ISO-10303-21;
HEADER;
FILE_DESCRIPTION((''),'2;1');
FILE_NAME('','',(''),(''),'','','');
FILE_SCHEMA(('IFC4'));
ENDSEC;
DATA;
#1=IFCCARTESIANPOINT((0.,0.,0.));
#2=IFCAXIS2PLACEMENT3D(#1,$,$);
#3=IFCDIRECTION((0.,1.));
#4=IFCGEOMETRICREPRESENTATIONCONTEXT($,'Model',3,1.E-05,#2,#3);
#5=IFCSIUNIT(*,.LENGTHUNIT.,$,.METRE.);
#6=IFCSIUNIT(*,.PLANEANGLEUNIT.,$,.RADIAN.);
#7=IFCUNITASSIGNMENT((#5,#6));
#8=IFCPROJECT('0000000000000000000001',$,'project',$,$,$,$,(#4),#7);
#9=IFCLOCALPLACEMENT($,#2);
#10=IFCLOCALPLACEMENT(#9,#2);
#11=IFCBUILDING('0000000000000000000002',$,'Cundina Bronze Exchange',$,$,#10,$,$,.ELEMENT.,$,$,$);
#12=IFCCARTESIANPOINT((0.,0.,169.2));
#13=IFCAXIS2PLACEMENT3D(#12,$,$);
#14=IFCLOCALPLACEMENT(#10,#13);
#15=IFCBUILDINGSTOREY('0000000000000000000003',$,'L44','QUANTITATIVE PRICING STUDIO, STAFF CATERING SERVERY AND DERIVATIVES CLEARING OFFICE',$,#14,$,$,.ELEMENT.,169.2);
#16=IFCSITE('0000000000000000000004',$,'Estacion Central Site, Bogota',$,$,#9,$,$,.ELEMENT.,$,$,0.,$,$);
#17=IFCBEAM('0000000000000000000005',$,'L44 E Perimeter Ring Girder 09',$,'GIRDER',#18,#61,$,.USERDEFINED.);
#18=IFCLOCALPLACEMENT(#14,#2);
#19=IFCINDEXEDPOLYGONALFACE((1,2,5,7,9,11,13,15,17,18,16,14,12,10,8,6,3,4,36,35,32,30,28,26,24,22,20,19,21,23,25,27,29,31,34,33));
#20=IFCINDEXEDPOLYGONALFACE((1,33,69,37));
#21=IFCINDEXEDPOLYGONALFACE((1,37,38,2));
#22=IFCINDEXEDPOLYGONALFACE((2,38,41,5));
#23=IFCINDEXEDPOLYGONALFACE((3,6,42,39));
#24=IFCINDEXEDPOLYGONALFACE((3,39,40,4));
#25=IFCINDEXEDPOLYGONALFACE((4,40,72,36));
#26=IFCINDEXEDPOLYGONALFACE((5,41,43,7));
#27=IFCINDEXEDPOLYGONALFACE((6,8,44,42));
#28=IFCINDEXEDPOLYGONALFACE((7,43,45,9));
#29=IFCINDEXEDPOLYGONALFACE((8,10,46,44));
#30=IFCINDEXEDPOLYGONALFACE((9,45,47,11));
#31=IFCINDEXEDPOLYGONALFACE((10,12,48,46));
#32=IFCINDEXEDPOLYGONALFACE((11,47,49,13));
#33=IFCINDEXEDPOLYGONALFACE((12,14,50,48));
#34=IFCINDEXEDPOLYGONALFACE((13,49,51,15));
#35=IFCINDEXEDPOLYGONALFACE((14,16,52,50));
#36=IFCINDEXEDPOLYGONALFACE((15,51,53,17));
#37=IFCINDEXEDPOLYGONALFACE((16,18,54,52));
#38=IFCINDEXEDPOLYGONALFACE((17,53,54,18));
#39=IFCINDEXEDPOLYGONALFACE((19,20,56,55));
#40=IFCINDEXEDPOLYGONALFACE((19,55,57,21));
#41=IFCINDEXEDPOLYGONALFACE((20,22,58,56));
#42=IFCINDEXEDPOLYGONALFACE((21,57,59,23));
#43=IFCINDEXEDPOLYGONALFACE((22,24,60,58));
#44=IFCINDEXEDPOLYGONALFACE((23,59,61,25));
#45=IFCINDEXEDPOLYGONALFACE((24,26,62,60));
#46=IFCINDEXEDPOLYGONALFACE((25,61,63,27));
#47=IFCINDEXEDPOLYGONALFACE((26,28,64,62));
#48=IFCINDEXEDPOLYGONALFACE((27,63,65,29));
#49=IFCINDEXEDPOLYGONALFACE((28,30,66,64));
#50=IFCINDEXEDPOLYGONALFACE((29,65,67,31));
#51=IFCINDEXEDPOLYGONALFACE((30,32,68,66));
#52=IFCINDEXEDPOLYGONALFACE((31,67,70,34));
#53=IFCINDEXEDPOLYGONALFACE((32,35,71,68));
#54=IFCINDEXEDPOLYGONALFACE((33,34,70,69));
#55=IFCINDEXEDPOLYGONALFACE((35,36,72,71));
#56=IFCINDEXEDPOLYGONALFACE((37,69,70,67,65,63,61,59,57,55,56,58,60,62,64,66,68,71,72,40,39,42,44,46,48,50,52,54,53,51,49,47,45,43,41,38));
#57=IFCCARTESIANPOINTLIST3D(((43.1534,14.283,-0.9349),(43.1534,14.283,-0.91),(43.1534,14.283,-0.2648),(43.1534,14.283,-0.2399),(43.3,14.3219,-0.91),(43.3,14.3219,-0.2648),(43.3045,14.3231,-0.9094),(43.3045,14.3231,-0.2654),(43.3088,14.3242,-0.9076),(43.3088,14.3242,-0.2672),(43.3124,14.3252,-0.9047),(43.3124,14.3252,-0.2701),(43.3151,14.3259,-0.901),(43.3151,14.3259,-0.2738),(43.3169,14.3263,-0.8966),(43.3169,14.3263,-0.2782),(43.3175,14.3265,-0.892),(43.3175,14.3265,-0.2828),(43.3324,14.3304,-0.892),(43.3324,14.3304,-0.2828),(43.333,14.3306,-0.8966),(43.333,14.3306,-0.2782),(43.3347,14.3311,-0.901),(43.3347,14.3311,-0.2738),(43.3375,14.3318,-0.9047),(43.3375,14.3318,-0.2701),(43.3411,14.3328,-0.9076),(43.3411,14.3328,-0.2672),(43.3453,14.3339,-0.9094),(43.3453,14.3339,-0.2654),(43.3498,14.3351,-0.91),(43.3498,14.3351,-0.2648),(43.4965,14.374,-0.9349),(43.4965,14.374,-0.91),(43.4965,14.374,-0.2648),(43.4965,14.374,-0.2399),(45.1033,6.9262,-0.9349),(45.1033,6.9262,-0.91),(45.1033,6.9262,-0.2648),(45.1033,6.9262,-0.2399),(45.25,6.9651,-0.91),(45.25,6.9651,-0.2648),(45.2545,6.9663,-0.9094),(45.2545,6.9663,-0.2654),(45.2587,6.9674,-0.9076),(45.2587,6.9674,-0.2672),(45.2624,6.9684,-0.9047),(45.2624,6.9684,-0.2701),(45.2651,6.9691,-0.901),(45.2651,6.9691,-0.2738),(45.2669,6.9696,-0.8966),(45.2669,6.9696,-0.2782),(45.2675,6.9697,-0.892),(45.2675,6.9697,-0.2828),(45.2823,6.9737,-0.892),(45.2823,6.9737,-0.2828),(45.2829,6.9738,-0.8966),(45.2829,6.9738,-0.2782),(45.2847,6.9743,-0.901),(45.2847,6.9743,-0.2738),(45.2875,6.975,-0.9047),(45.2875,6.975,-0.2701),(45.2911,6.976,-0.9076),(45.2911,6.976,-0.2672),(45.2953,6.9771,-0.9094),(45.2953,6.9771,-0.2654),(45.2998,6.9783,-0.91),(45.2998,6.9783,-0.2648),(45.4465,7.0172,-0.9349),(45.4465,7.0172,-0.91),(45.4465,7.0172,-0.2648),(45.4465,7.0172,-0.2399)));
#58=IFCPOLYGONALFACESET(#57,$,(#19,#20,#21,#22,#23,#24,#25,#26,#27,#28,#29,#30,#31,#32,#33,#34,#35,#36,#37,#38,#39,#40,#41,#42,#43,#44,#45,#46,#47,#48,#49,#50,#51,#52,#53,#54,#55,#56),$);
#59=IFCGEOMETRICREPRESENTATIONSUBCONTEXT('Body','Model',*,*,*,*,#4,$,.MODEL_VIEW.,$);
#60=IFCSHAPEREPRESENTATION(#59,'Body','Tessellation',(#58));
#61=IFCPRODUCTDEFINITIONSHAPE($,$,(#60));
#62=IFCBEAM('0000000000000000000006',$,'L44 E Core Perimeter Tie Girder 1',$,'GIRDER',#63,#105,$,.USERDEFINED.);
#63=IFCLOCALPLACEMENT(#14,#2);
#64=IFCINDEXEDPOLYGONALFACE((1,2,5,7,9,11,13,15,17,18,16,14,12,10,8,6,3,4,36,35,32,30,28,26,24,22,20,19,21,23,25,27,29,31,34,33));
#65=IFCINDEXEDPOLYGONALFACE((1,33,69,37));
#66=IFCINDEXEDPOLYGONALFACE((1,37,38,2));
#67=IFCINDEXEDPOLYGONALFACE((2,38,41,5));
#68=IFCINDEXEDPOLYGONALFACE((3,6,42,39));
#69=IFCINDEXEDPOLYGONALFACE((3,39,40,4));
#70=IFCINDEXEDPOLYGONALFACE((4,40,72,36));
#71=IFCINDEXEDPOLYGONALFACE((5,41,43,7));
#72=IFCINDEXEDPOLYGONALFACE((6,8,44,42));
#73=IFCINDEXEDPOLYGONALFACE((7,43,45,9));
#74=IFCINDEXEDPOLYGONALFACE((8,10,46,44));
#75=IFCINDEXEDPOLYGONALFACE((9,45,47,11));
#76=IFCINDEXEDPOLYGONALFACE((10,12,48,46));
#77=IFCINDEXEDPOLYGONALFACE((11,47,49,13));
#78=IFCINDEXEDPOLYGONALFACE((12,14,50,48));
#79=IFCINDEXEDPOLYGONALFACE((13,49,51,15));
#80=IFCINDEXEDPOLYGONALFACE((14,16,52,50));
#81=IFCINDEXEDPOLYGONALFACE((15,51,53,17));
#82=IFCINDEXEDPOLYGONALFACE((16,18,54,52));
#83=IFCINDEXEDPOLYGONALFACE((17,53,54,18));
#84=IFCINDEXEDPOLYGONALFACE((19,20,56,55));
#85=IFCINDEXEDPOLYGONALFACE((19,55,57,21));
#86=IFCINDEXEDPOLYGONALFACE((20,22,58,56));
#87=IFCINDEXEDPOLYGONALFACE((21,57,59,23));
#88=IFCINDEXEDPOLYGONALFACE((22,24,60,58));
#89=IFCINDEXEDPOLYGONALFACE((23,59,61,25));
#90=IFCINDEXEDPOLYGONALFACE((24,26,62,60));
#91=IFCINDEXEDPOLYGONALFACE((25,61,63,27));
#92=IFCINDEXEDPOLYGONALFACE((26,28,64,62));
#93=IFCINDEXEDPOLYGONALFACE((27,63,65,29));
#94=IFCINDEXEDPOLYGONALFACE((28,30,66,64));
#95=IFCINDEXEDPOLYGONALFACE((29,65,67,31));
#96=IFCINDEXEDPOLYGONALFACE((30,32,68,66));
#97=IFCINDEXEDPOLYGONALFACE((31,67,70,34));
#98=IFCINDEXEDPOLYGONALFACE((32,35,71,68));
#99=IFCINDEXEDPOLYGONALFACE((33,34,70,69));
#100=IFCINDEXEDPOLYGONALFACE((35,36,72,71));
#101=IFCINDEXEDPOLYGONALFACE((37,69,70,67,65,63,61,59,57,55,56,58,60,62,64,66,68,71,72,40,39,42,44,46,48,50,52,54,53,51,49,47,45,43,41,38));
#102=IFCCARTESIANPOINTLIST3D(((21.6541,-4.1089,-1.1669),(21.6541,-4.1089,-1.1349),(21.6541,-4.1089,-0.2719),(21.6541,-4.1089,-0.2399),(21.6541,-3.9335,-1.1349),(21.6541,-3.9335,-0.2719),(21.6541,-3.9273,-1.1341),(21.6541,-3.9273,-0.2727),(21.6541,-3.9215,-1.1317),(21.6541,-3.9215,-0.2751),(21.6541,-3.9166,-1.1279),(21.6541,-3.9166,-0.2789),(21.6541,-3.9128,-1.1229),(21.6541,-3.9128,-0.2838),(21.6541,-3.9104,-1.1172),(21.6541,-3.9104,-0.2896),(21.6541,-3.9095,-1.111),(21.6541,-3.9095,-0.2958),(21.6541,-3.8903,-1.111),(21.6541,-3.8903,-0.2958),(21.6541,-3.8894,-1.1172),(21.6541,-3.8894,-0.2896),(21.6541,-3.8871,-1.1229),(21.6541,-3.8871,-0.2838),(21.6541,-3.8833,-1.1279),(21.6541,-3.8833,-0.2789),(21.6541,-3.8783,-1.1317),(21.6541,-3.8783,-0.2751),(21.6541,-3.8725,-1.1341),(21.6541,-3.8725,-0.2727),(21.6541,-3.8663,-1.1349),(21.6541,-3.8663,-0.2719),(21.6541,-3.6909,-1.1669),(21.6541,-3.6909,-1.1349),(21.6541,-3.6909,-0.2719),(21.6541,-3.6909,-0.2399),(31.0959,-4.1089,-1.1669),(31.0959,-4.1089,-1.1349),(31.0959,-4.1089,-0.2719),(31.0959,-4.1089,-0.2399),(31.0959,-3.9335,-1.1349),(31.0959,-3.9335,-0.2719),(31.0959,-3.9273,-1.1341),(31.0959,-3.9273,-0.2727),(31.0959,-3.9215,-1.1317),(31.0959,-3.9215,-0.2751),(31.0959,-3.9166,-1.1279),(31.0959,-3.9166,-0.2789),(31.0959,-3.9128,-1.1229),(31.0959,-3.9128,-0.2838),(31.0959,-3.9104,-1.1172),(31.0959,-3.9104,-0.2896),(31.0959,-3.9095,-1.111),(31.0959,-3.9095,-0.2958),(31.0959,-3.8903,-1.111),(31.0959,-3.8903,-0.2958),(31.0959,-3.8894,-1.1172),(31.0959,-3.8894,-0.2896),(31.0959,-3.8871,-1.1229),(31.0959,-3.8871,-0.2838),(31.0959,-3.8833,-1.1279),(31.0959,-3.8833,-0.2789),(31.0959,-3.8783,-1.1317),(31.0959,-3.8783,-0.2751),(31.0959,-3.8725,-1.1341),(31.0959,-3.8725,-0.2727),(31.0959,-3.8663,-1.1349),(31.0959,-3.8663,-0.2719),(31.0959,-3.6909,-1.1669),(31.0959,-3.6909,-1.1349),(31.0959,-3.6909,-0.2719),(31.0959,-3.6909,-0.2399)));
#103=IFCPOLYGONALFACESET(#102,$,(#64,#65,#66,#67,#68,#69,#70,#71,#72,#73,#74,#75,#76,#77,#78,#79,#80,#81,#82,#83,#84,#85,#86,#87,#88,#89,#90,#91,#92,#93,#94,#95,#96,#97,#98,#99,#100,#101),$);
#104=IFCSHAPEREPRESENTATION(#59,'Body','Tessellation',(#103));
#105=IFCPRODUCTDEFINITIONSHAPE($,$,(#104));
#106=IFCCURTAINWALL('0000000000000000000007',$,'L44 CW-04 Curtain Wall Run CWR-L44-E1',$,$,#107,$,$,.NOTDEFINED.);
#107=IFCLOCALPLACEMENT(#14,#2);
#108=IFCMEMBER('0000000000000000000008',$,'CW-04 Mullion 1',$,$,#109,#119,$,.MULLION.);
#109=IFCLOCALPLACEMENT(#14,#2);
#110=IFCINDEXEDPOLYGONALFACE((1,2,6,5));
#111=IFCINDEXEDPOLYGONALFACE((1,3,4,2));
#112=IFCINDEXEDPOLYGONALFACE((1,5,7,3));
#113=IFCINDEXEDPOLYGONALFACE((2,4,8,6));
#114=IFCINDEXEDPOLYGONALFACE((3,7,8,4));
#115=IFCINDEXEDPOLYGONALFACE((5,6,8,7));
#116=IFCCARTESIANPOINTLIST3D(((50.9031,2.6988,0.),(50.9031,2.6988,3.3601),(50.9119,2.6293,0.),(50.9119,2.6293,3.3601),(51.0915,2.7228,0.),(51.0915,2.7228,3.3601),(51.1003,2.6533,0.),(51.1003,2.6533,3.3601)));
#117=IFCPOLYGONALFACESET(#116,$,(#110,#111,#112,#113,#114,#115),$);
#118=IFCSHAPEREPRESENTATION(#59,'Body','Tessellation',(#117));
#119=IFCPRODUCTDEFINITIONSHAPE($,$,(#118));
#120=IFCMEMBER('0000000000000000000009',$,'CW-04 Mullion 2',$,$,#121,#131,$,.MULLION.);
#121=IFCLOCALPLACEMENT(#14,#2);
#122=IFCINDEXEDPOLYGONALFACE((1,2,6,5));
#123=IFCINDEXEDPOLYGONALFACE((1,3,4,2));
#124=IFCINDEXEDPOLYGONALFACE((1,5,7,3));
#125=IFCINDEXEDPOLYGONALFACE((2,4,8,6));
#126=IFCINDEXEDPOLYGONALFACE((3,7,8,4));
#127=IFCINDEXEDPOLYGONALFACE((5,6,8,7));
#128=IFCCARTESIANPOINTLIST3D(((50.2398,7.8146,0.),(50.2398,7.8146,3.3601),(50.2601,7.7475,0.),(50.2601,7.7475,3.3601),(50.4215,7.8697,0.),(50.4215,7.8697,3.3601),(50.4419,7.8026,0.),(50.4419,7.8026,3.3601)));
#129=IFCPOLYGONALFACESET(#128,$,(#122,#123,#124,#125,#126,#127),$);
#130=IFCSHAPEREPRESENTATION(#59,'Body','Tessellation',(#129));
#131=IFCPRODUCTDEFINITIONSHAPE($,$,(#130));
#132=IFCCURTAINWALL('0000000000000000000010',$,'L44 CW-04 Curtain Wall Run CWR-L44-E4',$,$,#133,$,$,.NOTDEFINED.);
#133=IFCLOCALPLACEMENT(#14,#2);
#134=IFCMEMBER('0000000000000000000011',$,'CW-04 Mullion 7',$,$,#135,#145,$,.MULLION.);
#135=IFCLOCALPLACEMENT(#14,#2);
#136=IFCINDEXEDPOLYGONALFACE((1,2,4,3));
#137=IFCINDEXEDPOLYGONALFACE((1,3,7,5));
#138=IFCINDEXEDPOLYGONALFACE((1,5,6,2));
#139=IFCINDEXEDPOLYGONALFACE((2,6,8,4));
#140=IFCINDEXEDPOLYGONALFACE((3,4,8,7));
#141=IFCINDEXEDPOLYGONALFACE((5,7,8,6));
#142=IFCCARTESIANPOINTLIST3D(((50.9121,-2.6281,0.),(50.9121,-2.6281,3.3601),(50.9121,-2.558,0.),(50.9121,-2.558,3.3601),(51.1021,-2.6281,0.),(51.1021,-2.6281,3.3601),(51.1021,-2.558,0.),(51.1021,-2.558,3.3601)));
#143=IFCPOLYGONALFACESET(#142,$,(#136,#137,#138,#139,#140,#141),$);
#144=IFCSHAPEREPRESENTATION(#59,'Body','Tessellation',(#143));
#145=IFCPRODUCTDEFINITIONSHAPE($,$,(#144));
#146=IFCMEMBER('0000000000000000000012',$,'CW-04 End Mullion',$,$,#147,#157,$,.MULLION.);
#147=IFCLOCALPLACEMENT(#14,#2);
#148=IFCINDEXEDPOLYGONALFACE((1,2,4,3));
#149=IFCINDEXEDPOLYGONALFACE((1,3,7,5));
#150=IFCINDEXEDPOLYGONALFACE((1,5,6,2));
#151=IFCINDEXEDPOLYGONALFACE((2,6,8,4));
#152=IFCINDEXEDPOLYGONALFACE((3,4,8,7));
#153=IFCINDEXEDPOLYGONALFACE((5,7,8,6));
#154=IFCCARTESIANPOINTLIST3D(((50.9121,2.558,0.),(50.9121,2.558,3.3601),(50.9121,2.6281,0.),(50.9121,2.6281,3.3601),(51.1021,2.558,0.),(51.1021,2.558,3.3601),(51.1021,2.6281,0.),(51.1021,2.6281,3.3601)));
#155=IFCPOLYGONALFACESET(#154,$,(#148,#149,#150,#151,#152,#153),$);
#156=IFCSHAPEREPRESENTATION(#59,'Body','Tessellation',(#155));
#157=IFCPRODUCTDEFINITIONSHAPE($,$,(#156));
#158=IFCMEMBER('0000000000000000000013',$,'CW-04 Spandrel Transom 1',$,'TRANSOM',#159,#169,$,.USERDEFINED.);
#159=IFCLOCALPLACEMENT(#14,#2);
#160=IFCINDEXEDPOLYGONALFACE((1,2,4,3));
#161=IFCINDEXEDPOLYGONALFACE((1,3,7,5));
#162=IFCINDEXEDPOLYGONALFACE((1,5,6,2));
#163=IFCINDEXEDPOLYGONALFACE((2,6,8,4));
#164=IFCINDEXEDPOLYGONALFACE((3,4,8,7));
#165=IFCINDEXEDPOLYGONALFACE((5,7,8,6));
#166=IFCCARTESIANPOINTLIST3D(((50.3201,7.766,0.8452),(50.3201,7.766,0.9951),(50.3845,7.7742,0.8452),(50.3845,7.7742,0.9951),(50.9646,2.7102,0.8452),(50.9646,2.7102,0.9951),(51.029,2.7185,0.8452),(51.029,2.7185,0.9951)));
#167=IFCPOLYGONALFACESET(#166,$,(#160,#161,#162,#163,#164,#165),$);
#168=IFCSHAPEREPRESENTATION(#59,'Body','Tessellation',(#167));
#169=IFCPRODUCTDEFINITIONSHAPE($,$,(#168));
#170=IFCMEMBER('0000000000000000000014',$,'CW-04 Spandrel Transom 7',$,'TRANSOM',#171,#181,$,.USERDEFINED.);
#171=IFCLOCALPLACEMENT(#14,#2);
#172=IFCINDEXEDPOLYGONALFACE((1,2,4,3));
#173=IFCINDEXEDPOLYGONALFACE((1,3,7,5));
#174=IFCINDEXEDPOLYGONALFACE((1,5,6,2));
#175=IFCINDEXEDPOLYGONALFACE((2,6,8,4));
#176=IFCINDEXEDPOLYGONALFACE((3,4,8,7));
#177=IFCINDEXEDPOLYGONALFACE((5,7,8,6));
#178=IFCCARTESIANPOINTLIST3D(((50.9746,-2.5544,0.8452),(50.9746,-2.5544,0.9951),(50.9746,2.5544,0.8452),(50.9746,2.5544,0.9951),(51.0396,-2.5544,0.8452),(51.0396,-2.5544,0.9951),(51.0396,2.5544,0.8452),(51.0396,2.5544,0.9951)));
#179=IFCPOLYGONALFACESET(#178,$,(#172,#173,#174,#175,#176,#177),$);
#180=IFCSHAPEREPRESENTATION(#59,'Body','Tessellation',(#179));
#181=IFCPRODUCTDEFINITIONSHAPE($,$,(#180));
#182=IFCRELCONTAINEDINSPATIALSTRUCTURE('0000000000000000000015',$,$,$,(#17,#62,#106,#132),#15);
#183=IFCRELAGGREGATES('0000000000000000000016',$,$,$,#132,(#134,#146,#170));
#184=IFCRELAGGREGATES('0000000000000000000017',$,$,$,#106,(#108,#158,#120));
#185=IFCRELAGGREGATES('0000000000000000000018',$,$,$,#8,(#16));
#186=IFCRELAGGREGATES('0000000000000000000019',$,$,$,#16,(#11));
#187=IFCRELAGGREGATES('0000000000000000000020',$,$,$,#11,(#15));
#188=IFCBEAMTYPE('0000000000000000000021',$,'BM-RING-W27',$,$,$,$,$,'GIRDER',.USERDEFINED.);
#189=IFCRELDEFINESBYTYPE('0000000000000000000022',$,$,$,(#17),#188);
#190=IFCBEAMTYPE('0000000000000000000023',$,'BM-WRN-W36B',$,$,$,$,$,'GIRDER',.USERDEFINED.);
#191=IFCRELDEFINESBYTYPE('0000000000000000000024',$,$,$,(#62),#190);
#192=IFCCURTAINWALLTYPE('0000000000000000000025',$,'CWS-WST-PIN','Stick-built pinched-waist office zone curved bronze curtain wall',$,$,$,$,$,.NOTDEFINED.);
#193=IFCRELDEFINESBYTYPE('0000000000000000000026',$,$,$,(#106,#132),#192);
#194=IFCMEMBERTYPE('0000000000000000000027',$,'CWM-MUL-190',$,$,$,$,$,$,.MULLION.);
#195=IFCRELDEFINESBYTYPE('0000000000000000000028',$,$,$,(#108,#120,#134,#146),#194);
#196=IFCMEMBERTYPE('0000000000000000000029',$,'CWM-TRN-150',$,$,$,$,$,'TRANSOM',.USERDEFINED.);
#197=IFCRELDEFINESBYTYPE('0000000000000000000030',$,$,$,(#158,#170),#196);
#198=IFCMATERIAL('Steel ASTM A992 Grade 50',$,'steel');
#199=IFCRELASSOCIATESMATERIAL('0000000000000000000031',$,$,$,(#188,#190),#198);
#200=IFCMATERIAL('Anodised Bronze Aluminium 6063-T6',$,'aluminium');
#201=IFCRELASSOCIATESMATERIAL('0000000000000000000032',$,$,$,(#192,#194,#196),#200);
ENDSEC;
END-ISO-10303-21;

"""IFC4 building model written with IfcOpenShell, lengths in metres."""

from ifc_helpers import new_model, si_unit, direction, frame, origin, origin_2d, place, context, subcontext, project, spatial, rectangle, i_section, extrude, material, material_profile, profile_set, type_object, element, aggregate, save


model = new_model("IFC4")

# Units and contexts
model_context = context("Model", 3, precision=1e-05, world=origin(), true_north=direction((0.0, 1.0)))
body_context = subcontext(model_context, "Body", "Model", "MODEL_VIEW")
ifc_project = project(units=[si_unit("LENGTHUNIT", "METRE"), si_unit("PLANEANGLEUNIT", "RADIAN")], contexts=[model_context])

# Site, building, storey
site_placement = place(None, origin())
site = spatial("IfcSite", under=ifc_project, at=site_placement, Name="Estacion Central Site, Bogota", CompositionType="ELEMENT", RefElevation=0.0)
building_placement = place(site_placement, origin())
building = spatial("IfcBuilding", under=site, at=building_placement, Name="Cundina Bronze Exchange", CompositionType="ELEMENT")
storey_placement = place(building_placement, frame((0.0, 0.0, 169.2)))
storey = spatial("IfcBuildingStorey", under=building, at=storey_placement, Name="L44", Description="QUANTITATIVE PRICING STUDIO, STAFF CATERING SERVERY AND DERIVATIVES CLEARING OFFICE", CompositionType="ELEMENT", Elevation=169.2)

# Shared definitions
ifc_material_1 = material(Name="Steel ASTM A992 Grade 50", Category="steel")

# Beams
ifc_material_profile_1 = material_profile(ifc_material_1, i_section(OverallWidth=0.355, OverallDepth=0.6951, WebThickness=0.0154, FlangeThickness=0.0249, FilletRadius=0.0181, at=origin_2d()), Name="W27X146", Category="steel")
ifc_profile_set_1 = profile_set([ifc_material_profile_1], Name="Steel ASTM A992 Grade 50")
beam_type_1 = type_object("IfcBeamType", Name="BM-RING-W27", ElementType="GIRDER", PredefinedType="USERDEFINED", material=ifc_profile_set_1)
for number, where, z_axis, x_axis, name in (
    (1, (45.2749, 6.9717, -0.5874), (-0.256211, 0.966621, 0.0), (-0.966621, -0.256211, 0.0), "L44 E Perimeter Ring Girder 09"),
):
    element("IfcBeam", number, at=place(storey_placement, frame(where, z_axis=z_axis, x_axis=x_axis)), inside=storey, type_object=beam_type_1, Name=name, ObjectType="GIRDER", PredefinedType="USERDEFINED", context=body_context, shape_type="SweptSolid", body=[
        extrude(i_section(OverallWidth=0.355, OverallDepth=0.6951, WebThickness=0.0154, FlangeThickness=0.0249, FilletRadius=0.0181, at=origin_2d()), origin(), (0.0, 0.0, 1.0), 7.6108),
    ])
ifc_material_profile_2 = material_profile(ifc_material_1, i_section(OverallWidth=0.418, OverallDepth=0.927, WebThickness=0.0193, FlangeThickness=0.032, FilletRadius=0.0239, at=origin_2d()), Name="W36X231", Category="steel")
ifc_profile_set_2 = profile_set([ifc_material_profile_2], Name="Steel ASTM A992 Grade 50")
beam_type_2 = type_object("IfcBeamType", Name="BM-WRN-W36B", ElementType="GIRDER", PredefinedType="USERDEFINED", material=ifc_profile_set_2)
beam_1_placement = place(storey_placement, frame((31.0959, -3.8999, -0.7034), z_axis=(-1.0, 0.0, 0.0), x_axis=(0.0, -1.0, 0.0)))
element("IfcBeam", 2, at=beam_1_placement, inside=storey, type_object=beam_type_2, Name="L44 E Core Perimeter Tie Girder 1", ObjectType="GIRDER", PredefinedType="USERDEFINED", context=body_context, shape_type="SweptSolid", body=[
    extrude(i_section(OverallWidth=0.418, OverallDepth=0.927, WebThickness=0.0193, FlangeThickness=0.032, FilletRadius=0.0239, at=origin_2d()), origin(), (0.0, 0.0, 1.0), 9.4419),
])

# Curtain walls, members
ifc_material_2 = material(Name="Anodised Bronze Aluminium 6063-T6", Category="aluminium")
curtain_wall_type = type_object("IfcCurtainWallType", Name="CWS-WST-PIN", Description="Stick-built pinched-waist office zone curved bronze curtain wall", PredefinedType="NOTDEFINED", material=ifc_material_2)
curtain_wall_1_placement = place(storey_placement, origin())
curtain_wall_1 = element("IfcCurtainWall", 3, at=curtain_wall_1_placement, inside=storey, type_object=curtain_wall_type, Name="L44 CW-04 Curtain Wall Run CWR-L44-E1", PredefinedType="NOTDEFINED")
ifc_material_profile_3 = material_profile(ifc_material_2, rectangle(XDim=0.0701, YDim=0.1899, at=origin_2d()), Name="AL70X190", Category="aluminium")
ifc_profile_set_3 = profile_set([ifc_material_profile_3], Name="Anodised Bronze Aluminium 6063-T6")
member_type_1 = type_object("IfcMemberType", Name="CWM-MUL-190", PredefinedType="MULLION", material=ifc_profile_set_3)
member_1_placement = place(storey_placement, frame((51.0017, 2.676, 0.0), z_axis=(0.0, 0.0, 1.0), x_axis=(-0.126545, 0.991961, 0.0)))
member_1 = element("IfcMember", 4, at=member_1_placement, type_object=member_type_1, Name="CW-04 Mullion 1", PredefinedType="MULLION", context=body_context, shape_type="SweptSolid", body=[
    extrude(rectangle(XDim=0.0701, YDim=0.1899, at=origin_2d()), origin(), (0.0, 0.0, 1.0), 3.3601),
])
member_2_placement = place(storey_placement, frame((50.3408, 7.8086, 0.0), z_axis=(0.0, 0.0, 1.0), x_axis=(-0.290034, 0.957016, 0.0)))
member_2 = element("IfcMember", 5, at=member_2_placement, type_object=member_type_1, Name="CW-04 Mullion 2", PredefinedType="MULLION", context=body_context, shape_type="SweptSolid", body=[
    extrude(rectangle(XDim=0.0701, YDim=0.1899, at=origin_2d()), origin(), (0.0, 0.0, 1.0), 3.3601),
])
curtain_wall_2_placement = place(storey_placement, origin())
curtain_wall_2 = element("IfcCurtainWall", 6, at=curtain_wall_2_placement, inside=storey, type_object=curtain_wall_type, Name="L44 CW-04 Curtain Wall Run CWR-L44-E4", PredefinedType="NOTDEFINED")
member_3_placement = place(storey_placement, frame((51.0071, -2.593, 0.0), z_axis=(0.0, 0.0, 1.0), x_axis=(0.0, 1.0, 0.0)))
member_3 = element("IfcMember", 7, at=member_3_placement, type_object=member_type_1, Name="CW-04 Mullion 7", PredefinedType="MULLION", context=body_context, shape_type="SweptSolid", body=[
    extrude(rectangle(XDim=0.0701, YDim=0.1899, at=origin_2d()), origin(), (0.0, 0.0, 1.0), 3.3601),
])
member_4_placement = place(storey_placement, frame((51.0071, 2.593, 0.0), z_axis=(0.0, 0.0, 1.0), x_axis=(0.0, 1.0, 0.0)))
member_4 = element("IfcMember", 8, at=member_4_placement, type_object=member_type_1, Name="CW-04 End Mullion", PredefinedType="MULLION", context=body_context, shape_type="SweptSolid", body=[
    extrude(rectangle(XDim=0.0701, YDim=0.1899, at=origin_2d()), origin(), (0.0, 0.0, 1.0), 3.3601),
])

# Members
ifc_material_profile_4 = material_profile(ifc_material_2, rectangle(XDim=0.0649, YDim=0.1499, at=origin_2d()), Name="AL65X150", Category="aluminium")
ifc_profile_set_4 = profile_set([ifc_material_profile_4], Name="Anodised Bronze Aluminium 6063-T6")
member_type_2 = type_object("IfcMemberType", Name="CWM-TRN-150", ElementType="TRANSOM", PredefinedType="USERDEFINED", material=ifc_profile_set_4)
member_5_placement = place(storey_placement, frame((50.9968, 2.7144, 0.9202), z_axis=(-0.126463, 0.991971, 0.0), x_axis=(-0.991971, -0.126463, 0.0)))
member_5 = element("IfcMember", 9, at=member_5_placement, type_object=member_type_2, Name="CW-04 Spandrel Transom 1", ObjectType="TRANSOM", PredefinedType="USERDEFINED", context=body_context, shape_type="SweptSolid", body=[
    extrude(rectangle(XDim=0.0649, YDim=0.1499, at=origin_2d()), origin(), (0.0, 0.0, 1.0), 5.0967),
])
member_6_placement = place(storey_placement, frame((51.0071, -2.5544, 0.9202), z_axis=(0.0, 1.0, 0.0), x_axis=(-1.0, 0.0, 0.0)))
member_6 = element("IfcMember", 10, at=member_6_placement, type_object=member_type_2, Name="CW-04 Spandrel Transom 7", ObjectType="TRANSOM", PredefinedType="USERDEFINED", context=body_context, shape_type="SweptSolid", body=[
    extrude(rectangle(XDim=0.0649, YDim=0.1499, at=origin_2d()), origin(), (0.0, 0.0, 1.0), 5.1089),
])

aggregate(curtain_wall_2, [member_3, member_4, member_6])
aggregate(curtain_wall_1, [member_1, member_5, member_2])

save(model, "model.ifc")
